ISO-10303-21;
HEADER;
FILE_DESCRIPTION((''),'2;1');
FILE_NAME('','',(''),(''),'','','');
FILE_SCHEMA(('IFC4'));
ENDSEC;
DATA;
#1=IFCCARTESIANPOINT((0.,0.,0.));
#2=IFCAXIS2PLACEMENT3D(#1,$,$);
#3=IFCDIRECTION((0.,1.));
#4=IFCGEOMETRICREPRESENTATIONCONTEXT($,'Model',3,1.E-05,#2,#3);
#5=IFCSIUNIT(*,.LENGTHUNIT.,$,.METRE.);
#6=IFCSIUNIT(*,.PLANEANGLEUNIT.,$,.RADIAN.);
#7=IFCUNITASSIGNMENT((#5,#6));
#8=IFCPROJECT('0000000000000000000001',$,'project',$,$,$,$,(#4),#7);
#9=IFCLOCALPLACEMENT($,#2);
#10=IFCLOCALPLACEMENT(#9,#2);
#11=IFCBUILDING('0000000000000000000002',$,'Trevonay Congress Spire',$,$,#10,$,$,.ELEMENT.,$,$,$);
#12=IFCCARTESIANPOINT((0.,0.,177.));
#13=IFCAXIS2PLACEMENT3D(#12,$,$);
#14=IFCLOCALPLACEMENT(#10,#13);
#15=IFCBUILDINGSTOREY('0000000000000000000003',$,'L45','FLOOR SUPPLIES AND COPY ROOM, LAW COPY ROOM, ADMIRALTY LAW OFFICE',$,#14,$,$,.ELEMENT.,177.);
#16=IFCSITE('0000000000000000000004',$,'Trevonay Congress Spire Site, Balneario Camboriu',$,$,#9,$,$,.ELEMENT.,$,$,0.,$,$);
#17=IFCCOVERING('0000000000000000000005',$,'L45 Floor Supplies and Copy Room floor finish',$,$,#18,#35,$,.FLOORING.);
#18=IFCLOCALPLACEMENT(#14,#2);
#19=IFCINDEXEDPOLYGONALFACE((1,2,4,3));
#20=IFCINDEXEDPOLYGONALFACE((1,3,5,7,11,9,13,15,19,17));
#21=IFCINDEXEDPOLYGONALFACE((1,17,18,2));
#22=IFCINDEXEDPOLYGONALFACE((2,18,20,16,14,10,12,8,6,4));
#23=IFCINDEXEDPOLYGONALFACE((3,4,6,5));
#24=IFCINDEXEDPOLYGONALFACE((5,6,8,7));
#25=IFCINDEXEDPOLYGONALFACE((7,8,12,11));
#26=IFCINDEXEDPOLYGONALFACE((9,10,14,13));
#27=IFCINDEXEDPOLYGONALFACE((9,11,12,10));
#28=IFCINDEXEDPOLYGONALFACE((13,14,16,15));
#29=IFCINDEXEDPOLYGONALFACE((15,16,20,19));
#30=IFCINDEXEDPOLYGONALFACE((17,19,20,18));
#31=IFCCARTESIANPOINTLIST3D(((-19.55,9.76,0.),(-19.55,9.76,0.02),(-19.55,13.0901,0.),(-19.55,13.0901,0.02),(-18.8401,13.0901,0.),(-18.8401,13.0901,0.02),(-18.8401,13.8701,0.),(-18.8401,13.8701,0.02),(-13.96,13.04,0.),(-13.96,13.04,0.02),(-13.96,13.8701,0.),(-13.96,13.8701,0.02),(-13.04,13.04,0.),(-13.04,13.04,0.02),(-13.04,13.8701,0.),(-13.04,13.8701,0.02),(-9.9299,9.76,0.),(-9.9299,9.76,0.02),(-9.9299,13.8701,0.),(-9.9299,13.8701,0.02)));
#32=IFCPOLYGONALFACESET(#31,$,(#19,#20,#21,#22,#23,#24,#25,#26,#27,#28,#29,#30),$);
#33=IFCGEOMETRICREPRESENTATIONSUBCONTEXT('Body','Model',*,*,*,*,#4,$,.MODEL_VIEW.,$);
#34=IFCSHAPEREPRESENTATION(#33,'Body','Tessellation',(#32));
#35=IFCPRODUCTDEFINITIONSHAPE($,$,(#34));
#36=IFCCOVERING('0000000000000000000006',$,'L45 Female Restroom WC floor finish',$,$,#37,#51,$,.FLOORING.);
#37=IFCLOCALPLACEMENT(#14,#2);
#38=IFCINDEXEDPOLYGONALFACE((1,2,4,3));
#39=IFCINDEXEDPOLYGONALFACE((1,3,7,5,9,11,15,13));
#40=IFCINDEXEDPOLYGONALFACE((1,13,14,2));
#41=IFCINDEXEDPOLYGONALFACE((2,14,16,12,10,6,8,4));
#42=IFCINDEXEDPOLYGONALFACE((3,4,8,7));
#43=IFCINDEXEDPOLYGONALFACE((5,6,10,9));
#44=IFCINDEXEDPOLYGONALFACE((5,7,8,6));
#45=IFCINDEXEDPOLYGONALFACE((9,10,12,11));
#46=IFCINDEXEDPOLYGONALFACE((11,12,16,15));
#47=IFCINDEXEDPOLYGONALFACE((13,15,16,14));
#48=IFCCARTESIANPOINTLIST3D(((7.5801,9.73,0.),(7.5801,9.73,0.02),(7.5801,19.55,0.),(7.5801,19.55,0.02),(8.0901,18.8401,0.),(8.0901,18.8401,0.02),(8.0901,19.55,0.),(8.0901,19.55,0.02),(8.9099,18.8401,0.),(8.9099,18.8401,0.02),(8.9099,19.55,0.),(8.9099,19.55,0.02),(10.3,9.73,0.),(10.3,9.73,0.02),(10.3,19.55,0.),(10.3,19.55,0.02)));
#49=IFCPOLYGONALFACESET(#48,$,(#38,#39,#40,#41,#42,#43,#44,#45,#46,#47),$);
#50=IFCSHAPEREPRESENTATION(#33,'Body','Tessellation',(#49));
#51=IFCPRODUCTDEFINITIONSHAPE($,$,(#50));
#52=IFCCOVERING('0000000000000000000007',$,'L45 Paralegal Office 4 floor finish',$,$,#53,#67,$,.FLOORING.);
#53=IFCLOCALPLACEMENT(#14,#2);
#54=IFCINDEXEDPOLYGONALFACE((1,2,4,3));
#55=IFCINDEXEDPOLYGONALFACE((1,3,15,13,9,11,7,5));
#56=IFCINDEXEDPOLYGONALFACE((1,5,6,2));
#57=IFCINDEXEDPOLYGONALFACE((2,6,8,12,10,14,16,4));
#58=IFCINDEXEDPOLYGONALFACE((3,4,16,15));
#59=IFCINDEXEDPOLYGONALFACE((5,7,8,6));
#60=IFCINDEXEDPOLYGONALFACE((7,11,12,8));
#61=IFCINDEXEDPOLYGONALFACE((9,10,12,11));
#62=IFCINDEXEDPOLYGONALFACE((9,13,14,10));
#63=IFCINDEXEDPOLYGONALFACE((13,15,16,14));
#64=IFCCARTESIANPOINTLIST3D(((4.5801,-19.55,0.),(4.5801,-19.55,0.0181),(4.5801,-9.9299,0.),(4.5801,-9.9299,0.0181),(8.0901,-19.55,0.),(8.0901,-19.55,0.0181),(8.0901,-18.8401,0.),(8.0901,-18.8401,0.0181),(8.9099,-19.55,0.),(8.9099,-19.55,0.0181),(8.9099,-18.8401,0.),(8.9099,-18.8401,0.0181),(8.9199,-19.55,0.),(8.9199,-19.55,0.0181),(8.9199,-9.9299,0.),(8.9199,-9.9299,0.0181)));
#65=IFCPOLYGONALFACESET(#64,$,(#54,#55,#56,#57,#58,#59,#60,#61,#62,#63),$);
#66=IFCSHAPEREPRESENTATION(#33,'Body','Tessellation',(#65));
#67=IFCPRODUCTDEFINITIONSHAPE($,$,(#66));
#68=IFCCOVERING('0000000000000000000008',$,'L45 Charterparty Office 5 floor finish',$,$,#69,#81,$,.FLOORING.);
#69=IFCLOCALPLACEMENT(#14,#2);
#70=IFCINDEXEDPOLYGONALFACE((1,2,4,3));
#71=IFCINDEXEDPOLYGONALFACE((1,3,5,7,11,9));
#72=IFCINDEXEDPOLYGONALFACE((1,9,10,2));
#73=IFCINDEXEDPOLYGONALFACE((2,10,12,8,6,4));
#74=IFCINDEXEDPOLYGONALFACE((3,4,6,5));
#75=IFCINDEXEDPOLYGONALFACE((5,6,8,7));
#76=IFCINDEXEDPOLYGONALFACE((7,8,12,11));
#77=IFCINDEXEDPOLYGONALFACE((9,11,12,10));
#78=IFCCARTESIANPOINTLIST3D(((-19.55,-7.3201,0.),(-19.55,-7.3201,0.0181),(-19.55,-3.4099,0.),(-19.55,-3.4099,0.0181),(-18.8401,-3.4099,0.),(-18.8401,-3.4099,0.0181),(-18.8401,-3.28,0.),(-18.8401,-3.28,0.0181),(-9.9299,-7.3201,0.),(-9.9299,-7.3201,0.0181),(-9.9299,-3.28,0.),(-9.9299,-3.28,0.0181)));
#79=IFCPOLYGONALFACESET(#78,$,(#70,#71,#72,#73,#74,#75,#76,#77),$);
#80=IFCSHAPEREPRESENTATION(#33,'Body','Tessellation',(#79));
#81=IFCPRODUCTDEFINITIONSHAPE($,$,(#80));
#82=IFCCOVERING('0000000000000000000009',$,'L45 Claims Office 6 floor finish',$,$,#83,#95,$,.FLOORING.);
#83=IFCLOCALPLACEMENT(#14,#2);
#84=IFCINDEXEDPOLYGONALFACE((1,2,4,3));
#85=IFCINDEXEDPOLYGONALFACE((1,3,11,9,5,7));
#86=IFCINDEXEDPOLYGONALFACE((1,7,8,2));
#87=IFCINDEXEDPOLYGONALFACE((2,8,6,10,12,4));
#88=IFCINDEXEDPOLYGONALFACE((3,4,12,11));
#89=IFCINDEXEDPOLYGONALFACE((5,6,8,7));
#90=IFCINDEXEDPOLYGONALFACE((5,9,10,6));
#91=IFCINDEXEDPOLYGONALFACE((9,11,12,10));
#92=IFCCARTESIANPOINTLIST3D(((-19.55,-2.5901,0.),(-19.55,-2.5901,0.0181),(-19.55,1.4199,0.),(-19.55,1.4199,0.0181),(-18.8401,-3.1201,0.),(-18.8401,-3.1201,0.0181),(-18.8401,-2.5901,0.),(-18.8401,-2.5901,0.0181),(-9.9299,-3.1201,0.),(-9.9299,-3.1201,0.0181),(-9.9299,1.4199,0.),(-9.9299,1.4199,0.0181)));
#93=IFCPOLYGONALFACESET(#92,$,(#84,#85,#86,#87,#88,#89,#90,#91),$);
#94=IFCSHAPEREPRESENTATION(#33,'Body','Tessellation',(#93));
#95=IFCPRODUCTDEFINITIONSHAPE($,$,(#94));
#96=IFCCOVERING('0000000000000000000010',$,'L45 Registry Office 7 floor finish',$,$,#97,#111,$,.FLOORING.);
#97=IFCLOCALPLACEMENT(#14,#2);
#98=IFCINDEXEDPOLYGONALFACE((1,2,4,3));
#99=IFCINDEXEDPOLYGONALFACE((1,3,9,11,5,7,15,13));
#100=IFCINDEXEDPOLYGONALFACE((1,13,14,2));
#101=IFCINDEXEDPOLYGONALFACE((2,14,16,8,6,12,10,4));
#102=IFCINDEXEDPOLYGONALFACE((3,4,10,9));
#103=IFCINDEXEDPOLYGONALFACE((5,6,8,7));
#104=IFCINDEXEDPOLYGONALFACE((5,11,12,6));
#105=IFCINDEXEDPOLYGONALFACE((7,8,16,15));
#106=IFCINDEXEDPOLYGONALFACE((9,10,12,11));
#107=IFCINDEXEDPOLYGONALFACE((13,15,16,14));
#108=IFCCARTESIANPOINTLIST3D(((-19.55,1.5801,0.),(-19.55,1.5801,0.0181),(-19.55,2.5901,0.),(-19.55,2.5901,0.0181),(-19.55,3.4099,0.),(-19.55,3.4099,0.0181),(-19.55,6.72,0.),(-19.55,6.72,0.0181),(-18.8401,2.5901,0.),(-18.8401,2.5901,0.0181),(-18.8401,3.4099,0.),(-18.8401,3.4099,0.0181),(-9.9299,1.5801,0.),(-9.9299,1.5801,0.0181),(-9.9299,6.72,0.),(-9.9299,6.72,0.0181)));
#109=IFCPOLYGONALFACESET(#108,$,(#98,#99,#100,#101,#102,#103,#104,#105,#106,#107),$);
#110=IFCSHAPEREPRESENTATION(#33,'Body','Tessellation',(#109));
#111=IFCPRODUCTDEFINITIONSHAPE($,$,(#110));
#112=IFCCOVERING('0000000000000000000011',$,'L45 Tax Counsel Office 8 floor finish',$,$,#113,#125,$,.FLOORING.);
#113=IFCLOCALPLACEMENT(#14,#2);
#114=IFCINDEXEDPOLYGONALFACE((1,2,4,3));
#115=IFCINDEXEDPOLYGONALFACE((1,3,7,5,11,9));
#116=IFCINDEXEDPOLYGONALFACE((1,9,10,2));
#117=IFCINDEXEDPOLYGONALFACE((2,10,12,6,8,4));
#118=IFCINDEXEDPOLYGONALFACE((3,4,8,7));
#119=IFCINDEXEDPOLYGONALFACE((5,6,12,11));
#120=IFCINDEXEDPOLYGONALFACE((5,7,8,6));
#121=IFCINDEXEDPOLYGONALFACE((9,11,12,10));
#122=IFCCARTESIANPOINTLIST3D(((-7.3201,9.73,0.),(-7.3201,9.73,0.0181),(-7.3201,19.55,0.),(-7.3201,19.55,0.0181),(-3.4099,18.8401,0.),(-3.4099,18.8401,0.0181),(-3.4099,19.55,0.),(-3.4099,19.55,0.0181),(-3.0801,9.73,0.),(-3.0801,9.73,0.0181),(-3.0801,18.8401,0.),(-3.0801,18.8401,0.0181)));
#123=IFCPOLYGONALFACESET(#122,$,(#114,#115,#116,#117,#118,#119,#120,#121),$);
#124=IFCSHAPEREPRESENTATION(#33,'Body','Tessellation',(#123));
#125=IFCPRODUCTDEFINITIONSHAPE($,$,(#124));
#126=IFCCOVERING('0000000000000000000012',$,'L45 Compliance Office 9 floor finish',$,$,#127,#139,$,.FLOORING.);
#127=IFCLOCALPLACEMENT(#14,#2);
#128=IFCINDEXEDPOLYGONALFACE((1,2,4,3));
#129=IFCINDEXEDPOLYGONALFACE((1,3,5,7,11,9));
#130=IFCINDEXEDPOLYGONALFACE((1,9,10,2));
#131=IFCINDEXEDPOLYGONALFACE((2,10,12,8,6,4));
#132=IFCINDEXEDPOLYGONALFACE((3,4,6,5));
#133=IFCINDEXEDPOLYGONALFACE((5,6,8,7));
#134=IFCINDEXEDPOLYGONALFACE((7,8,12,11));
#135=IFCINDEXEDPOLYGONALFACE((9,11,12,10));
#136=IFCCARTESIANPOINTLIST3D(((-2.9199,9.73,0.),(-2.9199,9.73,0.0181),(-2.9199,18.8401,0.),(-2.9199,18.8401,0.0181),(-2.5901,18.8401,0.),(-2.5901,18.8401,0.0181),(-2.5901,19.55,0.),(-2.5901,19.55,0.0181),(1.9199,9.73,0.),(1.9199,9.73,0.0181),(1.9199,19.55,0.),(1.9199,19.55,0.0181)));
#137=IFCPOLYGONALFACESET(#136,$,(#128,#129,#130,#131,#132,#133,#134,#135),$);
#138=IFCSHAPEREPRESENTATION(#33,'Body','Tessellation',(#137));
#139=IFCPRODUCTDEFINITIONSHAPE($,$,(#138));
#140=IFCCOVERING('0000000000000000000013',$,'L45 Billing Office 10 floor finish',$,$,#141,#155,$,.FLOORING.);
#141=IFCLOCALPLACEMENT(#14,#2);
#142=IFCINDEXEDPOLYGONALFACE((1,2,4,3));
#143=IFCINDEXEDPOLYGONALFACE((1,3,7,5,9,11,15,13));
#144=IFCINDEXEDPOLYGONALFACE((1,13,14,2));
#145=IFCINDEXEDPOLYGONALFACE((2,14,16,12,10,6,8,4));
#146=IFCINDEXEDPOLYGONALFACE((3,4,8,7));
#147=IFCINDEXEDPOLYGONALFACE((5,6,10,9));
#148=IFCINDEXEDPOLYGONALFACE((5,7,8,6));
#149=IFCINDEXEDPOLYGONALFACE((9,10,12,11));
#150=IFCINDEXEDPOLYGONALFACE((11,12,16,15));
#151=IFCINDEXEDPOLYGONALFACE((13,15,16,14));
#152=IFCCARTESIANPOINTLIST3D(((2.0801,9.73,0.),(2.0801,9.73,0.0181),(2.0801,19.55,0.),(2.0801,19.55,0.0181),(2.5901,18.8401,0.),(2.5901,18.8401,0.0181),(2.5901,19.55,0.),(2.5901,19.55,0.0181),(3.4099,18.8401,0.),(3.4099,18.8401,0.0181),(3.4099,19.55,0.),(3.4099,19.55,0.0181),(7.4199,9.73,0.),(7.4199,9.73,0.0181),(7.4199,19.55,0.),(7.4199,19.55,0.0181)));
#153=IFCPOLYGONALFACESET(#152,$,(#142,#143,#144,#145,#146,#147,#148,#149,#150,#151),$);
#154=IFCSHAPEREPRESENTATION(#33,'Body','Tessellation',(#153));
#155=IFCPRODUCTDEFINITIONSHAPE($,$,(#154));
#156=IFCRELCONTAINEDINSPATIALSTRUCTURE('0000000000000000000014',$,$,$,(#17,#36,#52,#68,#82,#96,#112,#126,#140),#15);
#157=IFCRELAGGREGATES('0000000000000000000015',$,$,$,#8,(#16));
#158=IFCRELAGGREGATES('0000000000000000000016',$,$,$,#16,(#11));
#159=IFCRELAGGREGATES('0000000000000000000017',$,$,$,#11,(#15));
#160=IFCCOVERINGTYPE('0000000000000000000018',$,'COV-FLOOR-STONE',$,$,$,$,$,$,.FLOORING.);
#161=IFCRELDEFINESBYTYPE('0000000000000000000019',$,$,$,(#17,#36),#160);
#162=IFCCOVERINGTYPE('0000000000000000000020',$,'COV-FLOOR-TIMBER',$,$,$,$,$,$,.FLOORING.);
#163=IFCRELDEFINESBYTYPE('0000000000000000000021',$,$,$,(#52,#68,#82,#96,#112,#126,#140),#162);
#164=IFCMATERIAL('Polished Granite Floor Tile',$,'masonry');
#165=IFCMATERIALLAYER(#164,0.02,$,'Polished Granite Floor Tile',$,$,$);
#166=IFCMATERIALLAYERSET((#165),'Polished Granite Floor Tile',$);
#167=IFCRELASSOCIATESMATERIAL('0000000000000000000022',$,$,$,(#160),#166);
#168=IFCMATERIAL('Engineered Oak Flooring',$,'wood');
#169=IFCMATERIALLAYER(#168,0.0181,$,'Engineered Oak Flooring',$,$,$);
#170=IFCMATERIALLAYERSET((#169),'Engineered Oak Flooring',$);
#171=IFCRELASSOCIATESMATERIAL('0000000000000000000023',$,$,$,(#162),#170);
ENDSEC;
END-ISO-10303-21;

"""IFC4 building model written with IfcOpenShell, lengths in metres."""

from ifc_helpers import new_model, si_unit, direction, frame, origin, place, context, subcontext, project, spatial, polyline, outline, extrude, material, layer, layer_set, type_object, element, save


model = new_model("IFC4")

# Units and contexts
model_context = context("Model", 3, precision=1e-05, world=origin(), true_north=direction((0.0, 1.0)))
body_context = subcontext(model_context, "Body", "Model", "MODEL_VIEW")
ifc_project = project(units=[si_unit("LENGTHUNIT", "METRE"), si_unit("PLANEANGLEUNIT", "RADIAN")], contexts=[model_context])

# Site, building, storey
site_placement = place(None, origin())
site = spatial("IfcSite", under=ifc_project, at=site_placement, Name="Trevonay Congress Spire Site, Balneario Camboriu", CompositionType="ELEMENT", RefElevation=0.0)
building_placement = place(site_placement, origin())
building = spatial("IfcBuilding", under=site, at=building_placement, Name="Trevonay Congress Spire", CompositionType="ELEMENT")
storey_placement = place(building_placement, frame((0.0, 0.0, 177.0)))
storey = spatial("IfcBuildingStorey", under=building, at=storey_placement, Name="L45", Description="FLOOR SUPPLIES AND COPY ROOM, LAW COPY ROOM, ADMIRALTY LAW OFFICE", CompositionType="ELEMENT", Elevation=177.0)

# Coverings
ifc_material_1 = material(Name="Polished Granite Floor Tile", Category="masonry")
ifc_layer_1 = layer(ifc_material_1, 0.02, Name="Polished Granite Floor Tile")
ifc_layer_set_1 = layer_set([ifc_layer_1], Name="Polished Granite Floor Tile")
covering_type_1 = type_object("IfcCoveringType", Name="COV-FLOOR-STONE", PredefinedType="FLOORING", material=ifc_layer_set_1)
covering_1_placement = place(storey_placement, origin())
element("IfcCovering", 1, at=covering_1_placement, inside=storey, type_object=covering_type_1, Name="L45 Floor Supplies and Copy Room floor finish", PredefinedType="FLOORING", context=body_context, shape_type="SweptSolid", body=[
    extrude(outline(polyline([(-9.9299, 13.8701), (-9.9299, 9.76), (-19.55, 9.76), (-19.55, 13.0901), (-18.8401, 13.0901), (-18.8401, 13.8701), (-13.96, 13.8701), (-13.96, 13.04), (-13.04, 13.04), (-13.04, 13.8701), (-9.9299, 13.8701)])), origin(), (0.0, 0.0, 1.0), 0.02),
])
covering_2_placement = place(storey_placement, origin())
element("IfcCovering", 2, at=covering_2_placement, inside=storey, type_object=covering_type_1, Name="L45 Female Restroom WC floor finish", PredefinedType="FLOORING", context=body_context, shape_type="SweptSolid", body=[
    extrude(outline(polyline([(10.3, 19.55), (10.3, 9.73), (7.5801, 9.73), (7.5801, 19.55), (8.0901, 19.55), (8.0901, 18.8401), (8.9099, 18.8401), (8.9099, 19.55), (10.3, 19.55)])), origin(), (0.0, 0.0, 1.0), 0.02),
])
ifc_material_2 = material(Name="Engineered Oak Flooring", Category="wood")
ifc_layer_2 = layer(ifc_material_2, 0.0181, Name="Engineered Oak Flooring")
ifc_layer_set_2 = layer_set([ifc_layer_2], Name="Engineered Oak Flooring")
covering_type_2 = type_object("IfcCoveringType", Name="COV-FLOOR-TIMBER", PredefinedType="FLOORING", material=ifc_layer_set_2)
covering_3_placement = place(storey_placement, origin())
element("IfcCovering", 3, at=covering_3_placement, inside=storey, type_object=covering_type_2, Name="L45 Paralegal Office 4 floor finish", PredefinedType="FLOORING", context=body_context, shape_type="SweptSolid", body=[
    extrude(outline(polyline([(4.5801, -19.55), (4.5801, -9.9299), (8.9199, -9.9299), (8.9199, -19.55), (8.9099, -19.55), (8.9099, -18.8401), (8.0901, -18.8401), (8.0901, -19.55), (4.5801, -19.55)])), origin(), (0.0, 0.0, 1.0), 0.0181),
])
covering_4_placement = place(storey_placement, origin())
element("IfcCovering", 4, at=covering_4_placement, inside=storey, type_object=covering_type_2, Name="L45 Charterparty Office 5 floor finish", PredefinedType="FLOORING", context=body_context, shape_type="SweptSolid", body=[
    extrude(outline(polyline([(-9.9299, -3.28), (-9.9299, -7.3201), (-19.55, -7.3201), (-19.55, -3.4099), (-18.8401, -3.4099), (-18.8401, -3.28), (-9.9299, -3.28)])), origin(), (0.0, 0.0, 1.0), 0.0181),
])
covering_5_placement = place(storey_placement, origin())
element("IfcCovering", 5, at=covering_5_placement, inside=storey, type_object=covering_type_2, Name="L45 Claims Office 6 floor finish", PredefinedType="FLOORING", context=body_context, shape_type="SweptSolid", body=[
    extrude(outline(polyline([(-19.55, 1.4199), (-9.9299, 1.4199), (-9.9299, -3.1201), (-18.8401, -3.1201), (-18.8401, -2.5901), (-19.55, -2.5901), (-19.55, 1.4199)])), origin(), (0.0, 0.0, 1.0), 0.0181),
])
covering_6_placement = place(storey_placement, origin())
element("IfcCovering", 6, at=covering_6_placement, inside=storey, type_object=covering_type_2, Name="L45 Registry Office 7 floor finish", PredefinedType="FLOORING", context=body_context, shape_type="SweptSolid", body=[
    extrude(outline(polyline([(-19.55, 6.72), (-9.9299, 6.72), (-9.9299, 1.5801), (-19.55, 1.5801), (-19.55, 2.5901), (-18.8401, 2.5901), (-18.8401, 3.4099), (-19.55, 3.4099), (-19.55, 6.72)])), origin(), (0.0, 0.0, 1.0), 0.0181),
])
covering_7_placement = place(storey_placement, origin())
element("IfcCovering", 7, at=covering_7_placement, inside=storey, type_object=covering_type_2, Name="L45 Tax Counsel Office 8 floor finish", PredefinedType="FLOORING", context=body_context, shape_type="SweptSolid", body=[
    extrude(outline(polyline([(-3.0801, 9.73), (-7.3201, 9.73), (-7.3201, 19.55), (-3.4099, 19.55), (-3.4099, 18.8401), (-3.0801, 18.8401), (-3.0801, 9.73)])), origin(), (0.0, 0.0, 1.0), 0.0181),
])
covering_8_placement = place(storey_placement, origin())
element("IfcCovering", 8, at=covering_8_placement, inside=storey, type_object=covering_type_2, Name="L45 Compliance Office 9 floor finish", PredefinedType="FLOORING", context=body_context, shape_type="SweptSolid", body=[
    extrude(outline(polyline([(1.9199, 19.55), (1.9199, 9.73), (-2.9199, 9.73), (-2.9199, 18.8401), (-2.5901, 18.8401), (-2.5901, 19.55), (1.9199, 19.55)])), origin(), (0.0, 0.0, 1.0), 0.0181),
])
covering_9_placement = place(storey_placement, origin())
element("IfcCovering", 9, at=covering_9_placement, inside=storey, type_object=covering_type_2, Name="L45 Billing Office 10 floor finish", PredefinedType="FLOORING", context=body_context, shape_type="SweptSolid", body=[
    extrude(outline(polyline([(7.4199, 19.55), (7.4199, 9.73), (2.0801, 9.73), (2.0801, 19.55), (2.5901, 19.55), (2.5901, 18.8401), (3.4099, 18.8401), (3.4099, 19.55), (7.4199, 19.55)])), origin(), (0.0, 0.0, 1.0), 0.0181),
])

save(model, "model.ifc")
